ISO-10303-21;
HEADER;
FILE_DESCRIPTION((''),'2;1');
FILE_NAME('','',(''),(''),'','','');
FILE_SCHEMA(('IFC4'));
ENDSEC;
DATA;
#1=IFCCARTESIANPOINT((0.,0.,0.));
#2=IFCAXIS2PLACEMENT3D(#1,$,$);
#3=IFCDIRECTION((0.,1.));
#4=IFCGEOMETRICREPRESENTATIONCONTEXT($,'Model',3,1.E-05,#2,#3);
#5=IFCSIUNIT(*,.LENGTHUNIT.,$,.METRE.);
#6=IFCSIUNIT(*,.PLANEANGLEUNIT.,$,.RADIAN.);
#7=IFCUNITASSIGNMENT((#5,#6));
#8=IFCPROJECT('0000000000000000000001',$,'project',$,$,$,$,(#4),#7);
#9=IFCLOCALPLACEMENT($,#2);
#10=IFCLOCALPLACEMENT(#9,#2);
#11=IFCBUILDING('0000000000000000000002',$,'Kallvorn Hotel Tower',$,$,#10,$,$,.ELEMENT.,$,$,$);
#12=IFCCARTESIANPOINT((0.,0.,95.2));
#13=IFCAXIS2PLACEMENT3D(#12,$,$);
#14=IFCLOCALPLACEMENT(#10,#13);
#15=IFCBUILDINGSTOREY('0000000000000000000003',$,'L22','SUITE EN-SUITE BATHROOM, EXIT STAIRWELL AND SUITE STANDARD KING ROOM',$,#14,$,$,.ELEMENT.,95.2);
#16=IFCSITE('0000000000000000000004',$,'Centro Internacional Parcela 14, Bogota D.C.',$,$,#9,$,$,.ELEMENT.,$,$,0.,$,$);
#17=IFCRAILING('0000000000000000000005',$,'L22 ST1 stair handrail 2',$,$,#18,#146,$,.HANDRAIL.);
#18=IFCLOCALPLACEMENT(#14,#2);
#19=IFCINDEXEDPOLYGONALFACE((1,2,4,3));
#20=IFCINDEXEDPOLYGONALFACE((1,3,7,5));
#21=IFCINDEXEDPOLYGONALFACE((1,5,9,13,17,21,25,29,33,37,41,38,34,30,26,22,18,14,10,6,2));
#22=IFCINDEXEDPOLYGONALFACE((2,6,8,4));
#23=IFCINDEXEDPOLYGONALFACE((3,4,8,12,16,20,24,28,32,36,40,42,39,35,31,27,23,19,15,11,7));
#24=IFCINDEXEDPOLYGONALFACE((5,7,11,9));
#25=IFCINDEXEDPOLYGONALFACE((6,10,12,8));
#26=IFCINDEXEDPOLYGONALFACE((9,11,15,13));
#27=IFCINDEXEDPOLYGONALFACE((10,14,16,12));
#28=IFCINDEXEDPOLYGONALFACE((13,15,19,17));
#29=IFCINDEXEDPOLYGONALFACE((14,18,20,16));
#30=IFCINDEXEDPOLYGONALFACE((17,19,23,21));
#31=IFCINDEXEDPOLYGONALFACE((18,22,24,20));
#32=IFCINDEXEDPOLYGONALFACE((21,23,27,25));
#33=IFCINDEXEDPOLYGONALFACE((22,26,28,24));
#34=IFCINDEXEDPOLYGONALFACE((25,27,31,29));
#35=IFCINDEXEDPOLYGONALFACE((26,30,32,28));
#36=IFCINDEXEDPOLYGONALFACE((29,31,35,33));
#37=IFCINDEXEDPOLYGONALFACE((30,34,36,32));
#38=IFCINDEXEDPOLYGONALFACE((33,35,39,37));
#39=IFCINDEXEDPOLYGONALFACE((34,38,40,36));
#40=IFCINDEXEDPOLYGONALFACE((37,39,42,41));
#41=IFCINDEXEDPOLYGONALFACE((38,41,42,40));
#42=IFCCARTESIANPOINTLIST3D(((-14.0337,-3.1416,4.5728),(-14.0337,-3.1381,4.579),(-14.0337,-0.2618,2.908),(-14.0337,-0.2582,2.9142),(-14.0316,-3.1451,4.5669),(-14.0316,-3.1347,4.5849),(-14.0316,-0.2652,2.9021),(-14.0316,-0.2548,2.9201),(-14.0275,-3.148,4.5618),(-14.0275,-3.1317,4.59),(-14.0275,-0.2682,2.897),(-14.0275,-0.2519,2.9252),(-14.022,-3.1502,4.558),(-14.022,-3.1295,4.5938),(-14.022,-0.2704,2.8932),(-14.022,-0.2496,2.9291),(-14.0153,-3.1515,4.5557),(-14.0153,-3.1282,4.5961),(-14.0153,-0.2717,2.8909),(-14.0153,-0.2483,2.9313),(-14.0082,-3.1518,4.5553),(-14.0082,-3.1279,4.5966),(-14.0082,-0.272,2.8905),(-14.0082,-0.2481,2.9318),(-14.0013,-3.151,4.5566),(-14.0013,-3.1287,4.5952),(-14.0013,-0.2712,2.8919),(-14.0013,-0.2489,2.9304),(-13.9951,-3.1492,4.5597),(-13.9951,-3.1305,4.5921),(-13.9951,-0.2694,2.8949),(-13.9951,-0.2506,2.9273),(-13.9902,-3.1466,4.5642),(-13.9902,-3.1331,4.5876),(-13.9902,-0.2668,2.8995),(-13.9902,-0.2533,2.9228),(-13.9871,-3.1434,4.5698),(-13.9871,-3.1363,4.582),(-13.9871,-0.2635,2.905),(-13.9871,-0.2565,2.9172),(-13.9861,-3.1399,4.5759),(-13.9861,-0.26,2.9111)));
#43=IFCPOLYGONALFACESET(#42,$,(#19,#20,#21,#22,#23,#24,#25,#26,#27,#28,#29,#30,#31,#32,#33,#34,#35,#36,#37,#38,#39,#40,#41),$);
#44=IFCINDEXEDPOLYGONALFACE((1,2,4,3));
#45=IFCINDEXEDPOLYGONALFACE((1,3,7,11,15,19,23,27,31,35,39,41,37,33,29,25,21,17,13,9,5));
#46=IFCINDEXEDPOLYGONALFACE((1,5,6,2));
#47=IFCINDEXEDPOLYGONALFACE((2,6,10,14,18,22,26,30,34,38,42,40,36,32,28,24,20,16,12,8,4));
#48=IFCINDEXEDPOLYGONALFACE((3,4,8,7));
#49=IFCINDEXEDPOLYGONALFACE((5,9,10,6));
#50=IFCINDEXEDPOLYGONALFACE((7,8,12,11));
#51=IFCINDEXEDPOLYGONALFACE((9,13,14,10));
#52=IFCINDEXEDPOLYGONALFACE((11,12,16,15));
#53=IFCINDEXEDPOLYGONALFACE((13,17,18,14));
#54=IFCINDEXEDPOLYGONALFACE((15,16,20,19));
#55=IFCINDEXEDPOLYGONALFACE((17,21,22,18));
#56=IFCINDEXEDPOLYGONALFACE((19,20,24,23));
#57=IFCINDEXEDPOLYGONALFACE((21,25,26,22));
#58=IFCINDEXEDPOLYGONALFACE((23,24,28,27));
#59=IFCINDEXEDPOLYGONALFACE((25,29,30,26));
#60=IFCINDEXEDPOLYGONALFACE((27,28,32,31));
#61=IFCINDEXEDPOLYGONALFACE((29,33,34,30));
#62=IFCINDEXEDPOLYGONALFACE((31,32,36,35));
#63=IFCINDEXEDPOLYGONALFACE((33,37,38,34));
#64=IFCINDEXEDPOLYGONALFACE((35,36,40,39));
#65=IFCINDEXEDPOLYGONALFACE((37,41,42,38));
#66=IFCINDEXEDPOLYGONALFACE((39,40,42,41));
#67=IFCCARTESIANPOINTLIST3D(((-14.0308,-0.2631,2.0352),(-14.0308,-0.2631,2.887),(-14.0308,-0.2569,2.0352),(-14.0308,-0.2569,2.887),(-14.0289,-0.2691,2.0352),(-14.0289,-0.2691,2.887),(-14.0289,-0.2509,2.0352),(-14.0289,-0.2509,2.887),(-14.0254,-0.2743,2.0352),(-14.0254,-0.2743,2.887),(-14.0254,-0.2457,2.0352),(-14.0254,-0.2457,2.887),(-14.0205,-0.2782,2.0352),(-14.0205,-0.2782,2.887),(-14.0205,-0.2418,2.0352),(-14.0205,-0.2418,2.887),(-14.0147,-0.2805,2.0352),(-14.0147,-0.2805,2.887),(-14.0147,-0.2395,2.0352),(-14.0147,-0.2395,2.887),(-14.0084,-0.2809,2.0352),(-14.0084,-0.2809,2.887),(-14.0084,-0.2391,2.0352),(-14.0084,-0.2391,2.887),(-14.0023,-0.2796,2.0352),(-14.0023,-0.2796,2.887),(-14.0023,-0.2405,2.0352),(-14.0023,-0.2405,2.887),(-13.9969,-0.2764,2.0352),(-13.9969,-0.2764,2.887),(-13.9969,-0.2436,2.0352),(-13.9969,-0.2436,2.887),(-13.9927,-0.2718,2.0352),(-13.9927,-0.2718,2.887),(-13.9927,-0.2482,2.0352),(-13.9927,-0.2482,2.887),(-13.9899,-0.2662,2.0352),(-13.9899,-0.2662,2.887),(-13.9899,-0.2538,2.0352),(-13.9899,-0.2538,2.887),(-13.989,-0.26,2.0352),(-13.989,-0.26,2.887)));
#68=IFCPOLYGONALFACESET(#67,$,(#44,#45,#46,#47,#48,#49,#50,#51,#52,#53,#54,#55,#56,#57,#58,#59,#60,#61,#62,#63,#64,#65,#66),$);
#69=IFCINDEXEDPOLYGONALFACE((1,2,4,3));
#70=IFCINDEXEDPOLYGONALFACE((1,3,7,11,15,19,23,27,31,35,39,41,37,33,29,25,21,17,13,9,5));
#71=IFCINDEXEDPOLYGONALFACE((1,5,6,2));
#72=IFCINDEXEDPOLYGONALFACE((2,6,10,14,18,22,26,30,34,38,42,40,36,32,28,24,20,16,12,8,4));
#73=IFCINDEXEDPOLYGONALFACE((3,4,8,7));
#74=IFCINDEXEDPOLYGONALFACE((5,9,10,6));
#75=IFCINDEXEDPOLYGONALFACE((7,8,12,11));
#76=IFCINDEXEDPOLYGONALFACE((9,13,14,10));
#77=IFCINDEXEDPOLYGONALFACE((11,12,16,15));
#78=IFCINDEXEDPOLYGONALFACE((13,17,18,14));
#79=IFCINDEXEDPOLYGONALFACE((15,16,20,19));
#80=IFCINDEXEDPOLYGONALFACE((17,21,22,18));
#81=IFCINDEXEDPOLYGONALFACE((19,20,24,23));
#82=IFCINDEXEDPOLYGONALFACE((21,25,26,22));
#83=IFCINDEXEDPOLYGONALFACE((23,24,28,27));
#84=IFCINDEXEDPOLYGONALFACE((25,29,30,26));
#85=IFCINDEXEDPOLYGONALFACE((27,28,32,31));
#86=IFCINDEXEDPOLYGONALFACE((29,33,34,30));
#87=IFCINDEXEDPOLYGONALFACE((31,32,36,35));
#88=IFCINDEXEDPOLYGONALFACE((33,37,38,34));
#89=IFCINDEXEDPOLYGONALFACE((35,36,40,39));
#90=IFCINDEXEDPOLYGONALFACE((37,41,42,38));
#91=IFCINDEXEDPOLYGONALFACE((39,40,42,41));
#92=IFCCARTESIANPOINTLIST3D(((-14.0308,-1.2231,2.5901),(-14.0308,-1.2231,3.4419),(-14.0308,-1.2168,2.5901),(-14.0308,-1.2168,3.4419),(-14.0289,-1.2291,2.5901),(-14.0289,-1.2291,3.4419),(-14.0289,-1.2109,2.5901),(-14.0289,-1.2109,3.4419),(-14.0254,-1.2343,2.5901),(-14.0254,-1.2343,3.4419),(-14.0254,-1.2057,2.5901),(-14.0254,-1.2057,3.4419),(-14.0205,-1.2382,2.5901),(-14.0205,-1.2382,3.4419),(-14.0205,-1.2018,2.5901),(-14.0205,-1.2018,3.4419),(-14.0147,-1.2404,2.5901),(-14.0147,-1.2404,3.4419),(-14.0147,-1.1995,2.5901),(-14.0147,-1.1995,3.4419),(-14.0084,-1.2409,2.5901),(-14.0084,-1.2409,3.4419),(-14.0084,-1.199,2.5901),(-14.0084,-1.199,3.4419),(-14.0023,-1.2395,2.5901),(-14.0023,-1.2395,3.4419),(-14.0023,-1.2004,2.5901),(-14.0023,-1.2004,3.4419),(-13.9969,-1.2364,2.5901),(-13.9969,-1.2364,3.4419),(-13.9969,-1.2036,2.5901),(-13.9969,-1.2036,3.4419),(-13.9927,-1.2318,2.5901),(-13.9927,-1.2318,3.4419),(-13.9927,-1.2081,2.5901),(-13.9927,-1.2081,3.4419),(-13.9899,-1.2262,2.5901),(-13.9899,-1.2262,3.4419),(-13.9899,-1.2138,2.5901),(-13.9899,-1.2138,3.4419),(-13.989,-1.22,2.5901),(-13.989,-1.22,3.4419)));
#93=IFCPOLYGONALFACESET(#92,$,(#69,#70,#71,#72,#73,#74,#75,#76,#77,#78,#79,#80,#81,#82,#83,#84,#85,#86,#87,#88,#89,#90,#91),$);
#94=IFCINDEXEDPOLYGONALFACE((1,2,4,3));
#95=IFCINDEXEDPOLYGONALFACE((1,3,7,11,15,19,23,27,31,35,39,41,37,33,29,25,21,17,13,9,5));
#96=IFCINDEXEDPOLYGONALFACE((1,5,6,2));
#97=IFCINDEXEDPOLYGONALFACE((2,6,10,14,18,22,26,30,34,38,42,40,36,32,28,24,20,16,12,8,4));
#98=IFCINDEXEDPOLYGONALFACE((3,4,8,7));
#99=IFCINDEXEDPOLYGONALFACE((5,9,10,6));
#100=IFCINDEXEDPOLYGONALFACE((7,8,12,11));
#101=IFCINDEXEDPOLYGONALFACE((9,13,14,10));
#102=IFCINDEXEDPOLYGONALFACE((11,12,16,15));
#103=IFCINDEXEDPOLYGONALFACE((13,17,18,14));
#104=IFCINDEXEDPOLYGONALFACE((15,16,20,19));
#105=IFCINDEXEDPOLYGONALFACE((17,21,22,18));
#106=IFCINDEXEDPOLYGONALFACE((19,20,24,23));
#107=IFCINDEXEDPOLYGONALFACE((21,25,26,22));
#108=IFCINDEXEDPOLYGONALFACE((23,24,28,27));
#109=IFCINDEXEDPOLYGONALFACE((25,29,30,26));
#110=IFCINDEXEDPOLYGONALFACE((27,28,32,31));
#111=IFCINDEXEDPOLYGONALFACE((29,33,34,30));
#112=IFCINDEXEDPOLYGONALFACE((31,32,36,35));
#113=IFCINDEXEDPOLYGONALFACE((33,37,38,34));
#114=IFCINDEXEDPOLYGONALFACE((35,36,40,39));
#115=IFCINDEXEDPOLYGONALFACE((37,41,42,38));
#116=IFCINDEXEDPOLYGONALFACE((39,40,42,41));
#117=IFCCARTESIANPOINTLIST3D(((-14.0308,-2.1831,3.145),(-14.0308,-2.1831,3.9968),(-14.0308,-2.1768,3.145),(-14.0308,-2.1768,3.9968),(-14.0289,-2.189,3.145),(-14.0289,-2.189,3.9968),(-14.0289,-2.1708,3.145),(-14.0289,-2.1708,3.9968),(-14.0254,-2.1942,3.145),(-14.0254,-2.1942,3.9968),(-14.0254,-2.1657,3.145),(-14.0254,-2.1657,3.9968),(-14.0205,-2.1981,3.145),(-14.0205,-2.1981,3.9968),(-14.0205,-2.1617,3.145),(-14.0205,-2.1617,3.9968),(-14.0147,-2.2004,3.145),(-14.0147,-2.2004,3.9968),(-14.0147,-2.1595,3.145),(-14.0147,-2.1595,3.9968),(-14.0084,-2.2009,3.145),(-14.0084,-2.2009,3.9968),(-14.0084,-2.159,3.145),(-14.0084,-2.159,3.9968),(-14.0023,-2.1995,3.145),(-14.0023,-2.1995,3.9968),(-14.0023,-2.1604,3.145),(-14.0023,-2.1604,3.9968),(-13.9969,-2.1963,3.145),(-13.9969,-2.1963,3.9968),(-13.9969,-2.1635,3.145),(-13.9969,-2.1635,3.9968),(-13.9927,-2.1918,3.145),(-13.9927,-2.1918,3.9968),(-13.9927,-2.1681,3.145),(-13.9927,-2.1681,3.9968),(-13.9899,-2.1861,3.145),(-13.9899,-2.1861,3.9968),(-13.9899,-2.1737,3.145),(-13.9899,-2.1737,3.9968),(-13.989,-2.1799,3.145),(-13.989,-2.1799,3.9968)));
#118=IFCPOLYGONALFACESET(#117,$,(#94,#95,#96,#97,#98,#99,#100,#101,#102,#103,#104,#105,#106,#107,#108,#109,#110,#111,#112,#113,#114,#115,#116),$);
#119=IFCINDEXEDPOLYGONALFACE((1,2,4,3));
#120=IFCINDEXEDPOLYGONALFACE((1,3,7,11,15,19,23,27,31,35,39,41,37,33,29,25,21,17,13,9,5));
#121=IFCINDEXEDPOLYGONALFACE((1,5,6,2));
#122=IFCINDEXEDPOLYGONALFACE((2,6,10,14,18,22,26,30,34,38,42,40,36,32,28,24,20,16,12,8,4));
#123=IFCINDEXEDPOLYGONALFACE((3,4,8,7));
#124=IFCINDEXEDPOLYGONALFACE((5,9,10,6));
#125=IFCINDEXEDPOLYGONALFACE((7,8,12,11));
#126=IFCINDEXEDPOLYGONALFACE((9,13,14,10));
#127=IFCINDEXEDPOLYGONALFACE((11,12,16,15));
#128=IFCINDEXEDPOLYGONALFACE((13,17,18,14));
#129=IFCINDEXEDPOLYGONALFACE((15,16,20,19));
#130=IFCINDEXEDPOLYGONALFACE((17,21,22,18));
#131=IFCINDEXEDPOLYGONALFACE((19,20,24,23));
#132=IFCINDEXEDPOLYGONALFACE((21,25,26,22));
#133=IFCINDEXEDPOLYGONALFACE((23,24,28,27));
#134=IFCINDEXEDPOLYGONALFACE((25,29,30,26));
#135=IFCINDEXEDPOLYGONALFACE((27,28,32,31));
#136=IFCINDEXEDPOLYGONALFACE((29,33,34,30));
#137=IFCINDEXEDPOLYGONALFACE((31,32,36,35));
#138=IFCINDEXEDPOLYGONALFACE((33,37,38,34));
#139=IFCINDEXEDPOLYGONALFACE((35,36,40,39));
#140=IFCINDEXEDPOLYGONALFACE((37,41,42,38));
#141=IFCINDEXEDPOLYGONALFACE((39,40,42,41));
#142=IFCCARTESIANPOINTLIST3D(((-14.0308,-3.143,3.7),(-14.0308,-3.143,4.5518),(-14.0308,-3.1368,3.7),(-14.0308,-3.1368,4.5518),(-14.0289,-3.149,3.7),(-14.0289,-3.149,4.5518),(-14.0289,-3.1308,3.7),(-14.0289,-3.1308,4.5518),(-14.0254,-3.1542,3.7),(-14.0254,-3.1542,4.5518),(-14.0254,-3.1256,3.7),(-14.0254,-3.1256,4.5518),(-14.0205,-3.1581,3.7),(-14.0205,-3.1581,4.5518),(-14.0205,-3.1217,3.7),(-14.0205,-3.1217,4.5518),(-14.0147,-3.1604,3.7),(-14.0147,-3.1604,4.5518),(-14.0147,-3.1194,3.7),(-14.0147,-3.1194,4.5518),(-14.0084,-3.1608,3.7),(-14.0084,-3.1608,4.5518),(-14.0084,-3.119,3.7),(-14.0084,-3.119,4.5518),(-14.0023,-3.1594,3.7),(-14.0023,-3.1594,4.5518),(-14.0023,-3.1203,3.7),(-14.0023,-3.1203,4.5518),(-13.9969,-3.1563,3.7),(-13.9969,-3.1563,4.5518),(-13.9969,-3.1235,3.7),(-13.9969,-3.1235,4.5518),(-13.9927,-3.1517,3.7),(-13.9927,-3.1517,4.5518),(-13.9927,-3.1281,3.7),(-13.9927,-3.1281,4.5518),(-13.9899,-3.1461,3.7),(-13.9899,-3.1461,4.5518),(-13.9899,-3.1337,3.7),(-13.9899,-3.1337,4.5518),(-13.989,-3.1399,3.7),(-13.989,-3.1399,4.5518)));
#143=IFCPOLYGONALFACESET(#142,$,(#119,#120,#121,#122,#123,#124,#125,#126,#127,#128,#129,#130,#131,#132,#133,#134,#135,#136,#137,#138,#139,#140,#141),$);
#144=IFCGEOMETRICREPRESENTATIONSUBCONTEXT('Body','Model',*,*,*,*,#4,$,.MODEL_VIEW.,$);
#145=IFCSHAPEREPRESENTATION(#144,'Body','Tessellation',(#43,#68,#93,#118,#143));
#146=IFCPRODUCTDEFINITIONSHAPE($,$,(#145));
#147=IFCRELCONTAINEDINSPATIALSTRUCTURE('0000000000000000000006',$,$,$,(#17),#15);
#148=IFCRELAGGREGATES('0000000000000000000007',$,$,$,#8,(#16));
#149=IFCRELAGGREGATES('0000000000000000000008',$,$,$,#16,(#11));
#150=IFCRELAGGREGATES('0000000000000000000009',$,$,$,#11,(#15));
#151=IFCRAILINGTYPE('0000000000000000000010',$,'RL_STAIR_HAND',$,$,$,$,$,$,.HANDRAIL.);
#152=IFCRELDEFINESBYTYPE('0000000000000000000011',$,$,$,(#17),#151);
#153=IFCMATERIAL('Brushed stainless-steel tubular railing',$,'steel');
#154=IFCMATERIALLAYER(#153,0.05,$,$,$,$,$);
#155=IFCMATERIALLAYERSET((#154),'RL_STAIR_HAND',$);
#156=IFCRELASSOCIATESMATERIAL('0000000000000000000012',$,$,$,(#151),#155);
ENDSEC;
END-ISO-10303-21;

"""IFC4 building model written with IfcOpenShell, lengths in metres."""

from ifc_helpers import new_model, si_unit, direction, frame, origin, origin_2d, place, context, subcontext, project, spatial, circle, extrude, material, layer, layer_set, type_object, element, save


model = new_model("IFC4")

# Units and contexts
model_context = context("Model", 3, precision=1e-05, world=origin(), true_north=direction((0.0, 1.0)))
body_context = subcontext(model_context, "Body", "Model", "MODEL_VIEW")
ifc_project = project(units=[si_unit("LENGTHUNIT", "METRE"), si_unit("PLANEANGLEUNIT", "RADIAN")], contexts=[model_context])

# Site, building, storey
site_placement = place(None, origin())
site = spatial("IfcSite", under=ifc_project, at=site_placement, Name="Centro Internacional Parcela 14, Bogota D.C.", CompositionType="ELEMENT", RefElevation=0.0)
building_placement = place(site_placement, origin())
building = spatial("IfcBuilding", under=site, at=building_placement, Name="Kallvorn Hotel Tower", CompositionType="ELEMENT")
storey_placement = place(building_placement, frame((0.0, 0.0, 95.2)))
storey = spatial("IfcBuildingStorey", under=building, at=storey_placement, Name="L22", Description="SUITE EN-SUITE BATHROOM, EXIT STAIRWELL AND SUITE STANDARD KING ROOM", CompositionType="ELEMENT", Elevation=95.2)

# Railing
ifc_material_1 = material(Name="Brushed stainless-steel tubular railing", Category="steel")
ifc_layer_1 = layer(ifc_material_1, 0.05)
ifc_layer_set_1 = layer_set([ifc_layer_1], Name="RL_STAIR_HAND")
railing_type_1 = type_object("IfcRailingType", Name="RL_STAIR_HAND", PredefinedType="HANDRAIL", material=ifc_layer_set_1)
railing_1_placement = place(storey_placement, frame((-14.01, -0.26, 2.0352)))
element("IfcRailing", 1, at=railing_1_placement, inside=storey, type_object=railing_type_1, Name="L22 ST1 stair handrail 2", PredefinedType="HANDRAIL", context=body_context, shape_type="SweptSolid", body=[
    extrude(circle(Radius=0.0239, at=origin_2d()), frame((0.0, 0.0, 0.876), z_axis=(0.0, -0.865753, 0.500472), x_axis=(1.0, 0.0, 0.0)), (0.0, 0.0, 1.0), 3.3264),
    extrude(circle(Radius=0.021, at=origin_2d()), origin(), (0.0, 0.0, 1.0), 0.8518),
    extrude(circle(Radius=0.021, at=origin_2d()), frame((0.0, -0.96, 0.5549)), (0.0, 0.0, 1.0), 0.8518),
    extrude(circle(Radius=0.021, at=origin_2d()), frame((0.0, -1.9199, 1.1099)), (0.0, 0.0, 1.0), 0.8518),
    extrude(circle(Radius=0.021, at=origin_2d()), frame((0.0, -2.8799, 1.6648)), (0.0, 0.0, 1.0), 0.8518),
])

save(model, "model.ifc")
